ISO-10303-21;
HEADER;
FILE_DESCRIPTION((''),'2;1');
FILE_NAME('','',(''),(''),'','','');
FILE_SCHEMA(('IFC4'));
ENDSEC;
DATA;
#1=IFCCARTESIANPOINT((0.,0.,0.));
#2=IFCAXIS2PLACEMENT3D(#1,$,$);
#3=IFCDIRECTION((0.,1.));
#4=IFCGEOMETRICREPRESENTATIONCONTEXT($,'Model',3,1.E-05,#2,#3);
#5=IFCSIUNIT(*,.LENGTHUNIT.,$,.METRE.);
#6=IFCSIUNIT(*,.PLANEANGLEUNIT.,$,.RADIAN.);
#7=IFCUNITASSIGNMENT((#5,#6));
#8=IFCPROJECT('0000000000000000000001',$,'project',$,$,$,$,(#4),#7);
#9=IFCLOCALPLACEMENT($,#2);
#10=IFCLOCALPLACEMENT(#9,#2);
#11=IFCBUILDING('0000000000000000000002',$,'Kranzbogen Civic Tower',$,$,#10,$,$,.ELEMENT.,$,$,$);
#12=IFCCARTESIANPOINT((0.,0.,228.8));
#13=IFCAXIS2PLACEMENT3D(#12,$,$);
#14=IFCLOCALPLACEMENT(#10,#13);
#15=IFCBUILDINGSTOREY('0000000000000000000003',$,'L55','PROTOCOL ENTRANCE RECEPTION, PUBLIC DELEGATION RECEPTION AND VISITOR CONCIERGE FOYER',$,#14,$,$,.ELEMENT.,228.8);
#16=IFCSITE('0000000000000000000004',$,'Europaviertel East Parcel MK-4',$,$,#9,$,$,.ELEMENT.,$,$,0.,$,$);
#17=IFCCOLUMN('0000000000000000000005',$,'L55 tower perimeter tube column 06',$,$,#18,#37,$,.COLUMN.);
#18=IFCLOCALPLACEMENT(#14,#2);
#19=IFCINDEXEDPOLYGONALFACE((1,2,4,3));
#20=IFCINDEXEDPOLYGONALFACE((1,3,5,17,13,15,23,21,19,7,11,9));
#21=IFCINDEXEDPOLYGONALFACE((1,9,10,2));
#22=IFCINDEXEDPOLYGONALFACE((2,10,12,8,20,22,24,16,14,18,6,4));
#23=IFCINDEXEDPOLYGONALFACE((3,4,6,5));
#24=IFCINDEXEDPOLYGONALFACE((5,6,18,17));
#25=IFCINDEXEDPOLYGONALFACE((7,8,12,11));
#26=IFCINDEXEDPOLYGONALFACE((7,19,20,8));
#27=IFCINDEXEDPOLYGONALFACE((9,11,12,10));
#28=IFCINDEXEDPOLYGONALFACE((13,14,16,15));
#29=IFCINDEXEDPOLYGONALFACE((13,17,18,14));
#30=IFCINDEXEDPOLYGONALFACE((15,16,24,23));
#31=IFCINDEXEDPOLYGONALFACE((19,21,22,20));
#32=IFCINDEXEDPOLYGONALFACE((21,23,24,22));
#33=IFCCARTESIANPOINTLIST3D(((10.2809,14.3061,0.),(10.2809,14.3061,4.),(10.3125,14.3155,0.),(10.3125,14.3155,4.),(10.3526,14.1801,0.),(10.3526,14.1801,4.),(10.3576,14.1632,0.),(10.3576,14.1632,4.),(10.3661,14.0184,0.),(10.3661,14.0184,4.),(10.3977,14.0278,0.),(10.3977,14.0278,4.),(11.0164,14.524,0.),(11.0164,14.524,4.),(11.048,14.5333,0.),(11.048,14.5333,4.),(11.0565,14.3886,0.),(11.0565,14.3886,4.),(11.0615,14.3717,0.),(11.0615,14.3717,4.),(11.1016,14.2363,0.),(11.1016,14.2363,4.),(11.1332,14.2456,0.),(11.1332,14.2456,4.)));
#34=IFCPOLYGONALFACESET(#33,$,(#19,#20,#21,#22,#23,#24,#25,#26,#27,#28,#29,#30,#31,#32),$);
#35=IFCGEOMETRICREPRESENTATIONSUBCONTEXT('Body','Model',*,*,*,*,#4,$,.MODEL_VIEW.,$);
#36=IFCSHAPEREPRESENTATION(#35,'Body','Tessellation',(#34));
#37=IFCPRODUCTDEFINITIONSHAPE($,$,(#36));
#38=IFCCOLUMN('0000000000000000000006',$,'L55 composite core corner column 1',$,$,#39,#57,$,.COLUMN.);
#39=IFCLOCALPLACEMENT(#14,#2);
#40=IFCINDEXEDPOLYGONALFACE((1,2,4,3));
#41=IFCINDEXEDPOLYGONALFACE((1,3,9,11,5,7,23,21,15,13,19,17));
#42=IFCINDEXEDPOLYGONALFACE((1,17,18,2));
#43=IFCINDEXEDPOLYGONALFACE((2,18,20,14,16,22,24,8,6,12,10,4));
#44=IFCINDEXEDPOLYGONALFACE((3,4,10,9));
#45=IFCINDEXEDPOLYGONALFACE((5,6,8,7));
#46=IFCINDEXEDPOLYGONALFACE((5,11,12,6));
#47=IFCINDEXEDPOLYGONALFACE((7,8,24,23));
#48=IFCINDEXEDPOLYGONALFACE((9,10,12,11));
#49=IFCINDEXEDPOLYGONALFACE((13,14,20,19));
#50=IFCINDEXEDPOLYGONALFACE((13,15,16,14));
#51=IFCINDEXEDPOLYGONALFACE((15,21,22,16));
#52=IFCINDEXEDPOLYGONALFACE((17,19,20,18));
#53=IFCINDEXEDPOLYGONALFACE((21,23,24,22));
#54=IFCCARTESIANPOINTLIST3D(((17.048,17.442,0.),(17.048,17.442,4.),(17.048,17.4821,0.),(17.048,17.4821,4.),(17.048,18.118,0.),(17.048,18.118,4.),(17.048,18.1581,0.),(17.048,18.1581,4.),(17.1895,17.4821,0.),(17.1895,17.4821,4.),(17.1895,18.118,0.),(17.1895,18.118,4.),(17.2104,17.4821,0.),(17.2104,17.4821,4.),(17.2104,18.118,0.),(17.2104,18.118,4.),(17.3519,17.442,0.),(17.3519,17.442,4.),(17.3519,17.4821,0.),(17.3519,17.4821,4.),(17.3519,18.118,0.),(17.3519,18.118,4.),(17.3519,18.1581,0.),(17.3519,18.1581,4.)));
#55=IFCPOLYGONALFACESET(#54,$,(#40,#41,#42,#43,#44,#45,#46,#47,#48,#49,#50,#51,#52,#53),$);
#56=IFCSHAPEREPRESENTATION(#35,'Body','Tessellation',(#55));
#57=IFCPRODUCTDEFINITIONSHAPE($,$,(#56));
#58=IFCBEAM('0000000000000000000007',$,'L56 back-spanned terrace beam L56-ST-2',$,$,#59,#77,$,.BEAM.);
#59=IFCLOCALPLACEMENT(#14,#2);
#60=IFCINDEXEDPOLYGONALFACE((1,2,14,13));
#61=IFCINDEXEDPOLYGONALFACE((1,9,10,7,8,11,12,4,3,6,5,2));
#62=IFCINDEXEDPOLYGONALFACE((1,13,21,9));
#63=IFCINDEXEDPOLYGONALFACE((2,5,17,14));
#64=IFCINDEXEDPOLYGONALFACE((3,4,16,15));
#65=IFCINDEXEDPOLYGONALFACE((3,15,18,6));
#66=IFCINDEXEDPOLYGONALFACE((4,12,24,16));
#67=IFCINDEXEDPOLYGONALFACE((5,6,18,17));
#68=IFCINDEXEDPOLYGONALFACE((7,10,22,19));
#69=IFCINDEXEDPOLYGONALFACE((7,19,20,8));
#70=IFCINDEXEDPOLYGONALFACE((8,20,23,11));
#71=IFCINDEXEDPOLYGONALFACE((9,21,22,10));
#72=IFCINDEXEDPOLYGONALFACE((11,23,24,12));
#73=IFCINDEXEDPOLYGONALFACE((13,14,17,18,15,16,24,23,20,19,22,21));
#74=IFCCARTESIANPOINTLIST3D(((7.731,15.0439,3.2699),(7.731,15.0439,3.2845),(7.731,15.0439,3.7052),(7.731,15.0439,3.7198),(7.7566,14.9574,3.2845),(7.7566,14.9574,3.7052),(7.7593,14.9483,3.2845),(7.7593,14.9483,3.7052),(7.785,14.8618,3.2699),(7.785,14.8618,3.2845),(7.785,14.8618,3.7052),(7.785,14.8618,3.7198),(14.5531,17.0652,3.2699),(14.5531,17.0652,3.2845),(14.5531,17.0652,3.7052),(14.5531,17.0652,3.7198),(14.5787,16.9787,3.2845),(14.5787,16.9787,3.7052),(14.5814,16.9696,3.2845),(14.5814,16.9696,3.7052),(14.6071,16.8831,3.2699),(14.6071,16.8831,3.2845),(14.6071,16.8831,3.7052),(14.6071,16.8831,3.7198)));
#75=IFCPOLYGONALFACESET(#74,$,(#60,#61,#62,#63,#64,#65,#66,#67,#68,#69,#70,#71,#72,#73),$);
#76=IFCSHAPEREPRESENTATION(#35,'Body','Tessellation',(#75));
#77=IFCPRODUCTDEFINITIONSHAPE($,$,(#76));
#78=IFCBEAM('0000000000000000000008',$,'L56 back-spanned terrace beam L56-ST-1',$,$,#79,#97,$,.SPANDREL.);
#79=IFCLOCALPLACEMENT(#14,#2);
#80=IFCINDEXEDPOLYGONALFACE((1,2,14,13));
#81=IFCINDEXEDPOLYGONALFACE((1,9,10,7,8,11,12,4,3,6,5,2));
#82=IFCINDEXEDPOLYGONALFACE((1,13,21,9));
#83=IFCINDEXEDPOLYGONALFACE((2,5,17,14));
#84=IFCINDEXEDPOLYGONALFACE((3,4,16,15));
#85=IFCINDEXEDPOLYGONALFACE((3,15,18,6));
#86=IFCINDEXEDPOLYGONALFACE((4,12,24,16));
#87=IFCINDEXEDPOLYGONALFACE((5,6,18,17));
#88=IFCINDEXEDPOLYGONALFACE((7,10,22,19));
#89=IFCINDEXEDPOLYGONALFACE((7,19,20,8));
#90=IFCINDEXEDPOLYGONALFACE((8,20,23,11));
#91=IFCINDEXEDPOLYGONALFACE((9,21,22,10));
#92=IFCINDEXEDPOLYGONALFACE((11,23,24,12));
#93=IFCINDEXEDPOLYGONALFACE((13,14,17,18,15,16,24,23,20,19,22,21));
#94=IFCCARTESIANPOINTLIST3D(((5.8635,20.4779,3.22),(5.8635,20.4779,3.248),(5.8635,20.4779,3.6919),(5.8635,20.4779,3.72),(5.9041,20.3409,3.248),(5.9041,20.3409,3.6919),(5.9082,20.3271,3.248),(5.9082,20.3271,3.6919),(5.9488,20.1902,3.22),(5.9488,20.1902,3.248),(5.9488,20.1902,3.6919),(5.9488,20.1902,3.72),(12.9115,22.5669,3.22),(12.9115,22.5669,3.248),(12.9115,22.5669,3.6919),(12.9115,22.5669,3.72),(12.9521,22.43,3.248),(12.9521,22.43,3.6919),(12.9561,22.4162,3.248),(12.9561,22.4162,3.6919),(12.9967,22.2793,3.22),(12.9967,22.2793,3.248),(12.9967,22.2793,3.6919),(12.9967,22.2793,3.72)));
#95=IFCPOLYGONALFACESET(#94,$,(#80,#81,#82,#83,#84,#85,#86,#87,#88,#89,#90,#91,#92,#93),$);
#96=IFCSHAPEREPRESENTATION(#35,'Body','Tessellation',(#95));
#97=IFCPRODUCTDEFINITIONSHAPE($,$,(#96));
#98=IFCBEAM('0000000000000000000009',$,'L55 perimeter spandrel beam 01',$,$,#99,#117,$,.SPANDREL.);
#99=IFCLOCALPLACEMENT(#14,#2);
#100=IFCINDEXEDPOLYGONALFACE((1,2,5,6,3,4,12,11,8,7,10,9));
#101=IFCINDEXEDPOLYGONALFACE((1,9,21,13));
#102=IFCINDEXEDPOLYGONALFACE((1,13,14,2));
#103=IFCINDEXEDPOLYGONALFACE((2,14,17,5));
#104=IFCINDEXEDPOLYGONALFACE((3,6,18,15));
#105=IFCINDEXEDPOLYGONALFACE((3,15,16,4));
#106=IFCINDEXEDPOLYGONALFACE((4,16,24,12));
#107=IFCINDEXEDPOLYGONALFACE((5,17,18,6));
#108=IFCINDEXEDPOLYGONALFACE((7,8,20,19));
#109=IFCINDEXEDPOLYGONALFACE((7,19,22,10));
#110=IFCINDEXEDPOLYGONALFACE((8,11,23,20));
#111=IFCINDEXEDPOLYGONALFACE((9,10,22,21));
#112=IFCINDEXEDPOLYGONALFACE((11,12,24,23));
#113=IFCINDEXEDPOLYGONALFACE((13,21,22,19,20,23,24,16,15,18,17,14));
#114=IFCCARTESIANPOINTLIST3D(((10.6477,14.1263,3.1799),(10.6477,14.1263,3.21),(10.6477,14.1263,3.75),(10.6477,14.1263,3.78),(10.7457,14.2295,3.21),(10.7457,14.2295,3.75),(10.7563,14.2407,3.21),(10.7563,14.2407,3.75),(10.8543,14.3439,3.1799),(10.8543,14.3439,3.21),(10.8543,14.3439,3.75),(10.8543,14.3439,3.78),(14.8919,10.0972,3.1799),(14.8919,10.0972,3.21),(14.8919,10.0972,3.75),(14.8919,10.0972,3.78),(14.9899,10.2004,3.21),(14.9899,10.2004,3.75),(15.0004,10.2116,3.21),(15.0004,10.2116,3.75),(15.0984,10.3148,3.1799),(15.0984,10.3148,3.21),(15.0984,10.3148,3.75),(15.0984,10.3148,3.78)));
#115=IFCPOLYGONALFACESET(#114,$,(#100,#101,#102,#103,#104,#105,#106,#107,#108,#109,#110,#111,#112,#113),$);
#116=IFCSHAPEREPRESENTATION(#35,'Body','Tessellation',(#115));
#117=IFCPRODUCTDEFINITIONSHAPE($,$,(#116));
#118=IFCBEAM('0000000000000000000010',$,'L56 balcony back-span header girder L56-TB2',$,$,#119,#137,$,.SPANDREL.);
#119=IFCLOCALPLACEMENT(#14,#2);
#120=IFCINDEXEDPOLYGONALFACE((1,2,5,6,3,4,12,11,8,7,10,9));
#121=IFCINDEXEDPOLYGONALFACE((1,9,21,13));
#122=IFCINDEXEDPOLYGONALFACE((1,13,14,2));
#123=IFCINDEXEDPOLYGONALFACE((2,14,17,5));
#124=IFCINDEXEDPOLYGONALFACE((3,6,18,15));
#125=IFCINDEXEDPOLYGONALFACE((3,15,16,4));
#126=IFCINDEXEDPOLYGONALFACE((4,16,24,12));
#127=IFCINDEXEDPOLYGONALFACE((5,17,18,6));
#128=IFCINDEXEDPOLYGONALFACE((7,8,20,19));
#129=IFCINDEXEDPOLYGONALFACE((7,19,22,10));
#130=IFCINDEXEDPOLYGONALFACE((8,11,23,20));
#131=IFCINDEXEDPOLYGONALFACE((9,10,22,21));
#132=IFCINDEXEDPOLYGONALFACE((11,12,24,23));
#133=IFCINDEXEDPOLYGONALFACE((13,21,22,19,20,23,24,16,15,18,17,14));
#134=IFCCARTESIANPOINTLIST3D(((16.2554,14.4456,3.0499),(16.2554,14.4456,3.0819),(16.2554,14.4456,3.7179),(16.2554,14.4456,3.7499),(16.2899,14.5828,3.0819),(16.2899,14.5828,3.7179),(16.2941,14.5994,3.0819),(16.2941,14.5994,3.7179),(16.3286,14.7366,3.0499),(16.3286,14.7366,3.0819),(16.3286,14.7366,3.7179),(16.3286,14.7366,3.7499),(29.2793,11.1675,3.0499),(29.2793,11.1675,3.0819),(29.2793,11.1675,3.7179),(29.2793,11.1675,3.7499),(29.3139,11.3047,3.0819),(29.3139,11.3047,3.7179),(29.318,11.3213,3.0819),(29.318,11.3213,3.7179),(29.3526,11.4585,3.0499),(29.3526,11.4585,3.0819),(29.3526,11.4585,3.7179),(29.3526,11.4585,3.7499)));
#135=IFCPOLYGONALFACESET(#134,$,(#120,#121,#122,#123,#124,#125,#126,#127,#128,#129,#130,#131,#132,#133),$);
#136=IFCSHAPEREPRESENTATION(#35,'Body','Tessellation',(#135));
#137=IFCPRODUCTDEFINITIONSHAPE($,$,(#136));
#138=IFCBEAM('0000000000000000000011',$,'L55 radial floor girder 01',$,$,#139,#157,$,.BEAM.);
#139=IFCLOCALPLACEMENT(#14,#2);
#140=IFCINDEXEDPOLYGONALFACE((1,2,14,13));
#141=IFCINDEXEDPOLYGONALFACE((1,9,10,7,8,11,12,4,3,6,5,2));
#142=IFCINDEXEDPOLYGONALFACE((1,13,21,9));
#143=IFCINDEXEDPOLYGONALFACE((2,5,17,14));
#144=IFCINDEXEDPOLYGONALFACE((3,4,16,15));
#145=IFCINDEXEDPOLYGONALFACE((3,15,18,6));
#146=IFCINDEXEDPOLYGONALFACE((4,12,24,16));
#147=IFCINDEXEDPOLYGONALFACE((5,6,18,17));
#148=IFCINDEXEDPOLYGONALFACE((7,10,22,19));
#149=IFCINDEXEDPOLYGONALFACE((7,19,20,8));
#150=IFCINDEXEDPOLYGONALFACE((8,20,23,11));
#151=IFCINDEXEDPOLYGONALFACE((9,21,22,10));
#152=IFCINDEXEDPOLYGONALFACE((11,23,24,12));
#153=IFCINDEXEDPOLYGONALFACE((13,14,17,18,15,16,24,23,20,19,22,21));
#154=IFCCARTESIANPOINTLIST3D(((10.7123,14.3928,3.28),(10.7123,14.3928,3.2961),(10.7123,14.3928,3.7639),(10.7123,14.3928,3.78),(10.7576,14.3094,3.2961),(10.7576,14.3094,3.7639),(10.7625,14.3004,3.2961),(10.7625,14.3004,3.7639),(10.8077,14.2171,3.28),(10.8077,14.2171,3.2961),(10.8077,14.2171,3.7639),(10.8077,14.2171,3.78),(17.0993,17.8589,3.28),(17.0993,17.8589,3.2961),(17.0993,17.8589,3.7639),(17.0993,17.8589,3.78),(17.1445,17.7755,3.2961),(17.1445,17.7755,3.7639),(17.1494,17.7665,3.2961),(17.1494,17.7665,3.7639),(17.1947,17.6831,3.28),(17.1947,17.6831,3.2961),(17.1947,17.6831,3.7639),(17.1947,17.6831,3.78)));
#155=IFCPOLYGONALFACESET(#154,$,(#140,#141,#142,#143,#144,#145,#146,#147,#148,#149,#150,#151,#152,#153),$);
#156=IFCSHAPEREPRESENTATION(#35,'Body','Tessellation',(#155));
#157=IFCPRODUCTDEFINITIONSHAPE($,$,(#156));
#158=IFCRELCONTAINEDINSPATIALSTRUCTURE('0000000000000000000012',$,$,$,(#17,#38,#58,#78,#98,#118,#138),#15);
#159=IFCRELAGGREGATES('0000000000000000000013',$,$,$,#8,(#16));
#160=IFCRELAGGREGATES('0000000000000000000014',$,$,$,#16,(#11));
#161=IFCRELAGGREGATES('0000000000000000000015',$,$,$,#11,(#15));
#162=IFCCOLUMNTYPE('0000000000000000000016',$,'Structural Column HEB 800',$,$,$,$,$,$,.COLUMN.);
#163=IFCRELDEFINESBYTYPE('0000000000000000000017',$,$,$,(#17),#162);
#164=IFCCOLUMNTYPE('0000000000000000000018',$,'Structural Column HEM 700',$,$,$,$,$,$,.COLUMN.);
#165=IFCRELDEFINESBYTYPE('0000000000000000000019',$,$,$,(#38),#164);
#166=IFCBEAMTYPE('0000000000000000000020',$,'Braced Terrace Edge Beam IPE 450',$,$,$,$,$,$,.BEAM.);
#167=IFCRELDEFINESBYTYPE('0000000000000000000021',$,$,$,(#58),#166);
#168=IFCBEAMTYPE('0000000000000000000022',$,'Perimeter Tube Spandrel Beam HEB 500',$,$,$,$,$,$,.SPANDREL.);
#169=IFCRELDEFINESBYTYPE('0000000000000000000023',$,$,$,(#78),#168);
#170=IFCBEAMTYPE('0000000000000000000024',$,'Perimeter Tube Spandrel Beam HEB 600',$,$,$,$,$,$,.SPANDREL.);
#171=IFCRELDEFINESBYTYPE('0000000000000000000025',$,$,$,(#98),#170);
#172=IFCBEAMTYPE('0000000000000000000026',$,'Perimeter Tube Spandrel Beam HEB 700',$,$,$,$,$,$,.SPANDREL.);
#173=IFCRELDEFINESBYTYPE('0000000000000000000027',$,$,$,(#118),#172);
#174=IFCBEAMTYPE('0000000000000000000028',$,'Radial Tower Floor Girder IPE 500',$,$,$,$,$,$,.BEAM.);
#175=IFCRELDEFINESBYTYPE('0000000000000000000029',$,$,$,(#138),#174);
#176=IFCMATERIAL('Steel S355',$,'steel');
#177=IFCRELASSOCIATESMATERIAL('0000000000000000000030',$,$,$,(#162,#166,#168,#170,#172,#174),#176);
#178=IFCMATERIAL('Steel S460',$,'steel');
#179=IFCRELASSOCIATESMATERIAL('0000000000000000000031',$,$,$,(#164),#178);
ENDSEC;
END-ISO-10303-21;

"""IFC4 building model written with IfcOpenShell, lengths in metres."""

from ifc_helpers import new_model, si_unit, direction, frame, origin, origin_2d, place, context, subcontext, project, spatial, i_section, extrude, material, material_profile, profile_set, type_object, element, save


model = new_model("IFC4")

# Units and contexts
model_context = context("Model", 3, precision=1e-05, world=origin(), true_north=direction((0.0, 1.0)))
body_context = subcontext(model_context, "Body", "Model", "MODEL_VIEW")
ifc_project = project(units=[si_unit("LENGTHUNIT", "METRE"), si_unit("PLANEANGLEUNIT", "RADIAN")], contexts=[model_context])

# Site, building, storey
site_placement = place(None, origin())
site = spatial("IfcSite", under=ifc_project, at=site_placement, Name="Europaviertel East Parcel MK-4", CompositionType="ELEMENT", RefElevation=0.0)
building_placement = place(site_placement, origin())
building = spatial("IfcBuilding", under=site, at=building_placement, Name="Kranzbogen Civic Tower", CompositionType="ELEMENT")
storey_placement = place(building_placement, frame((0.0, 0.0, 228.8)))
storey = spatial("IfcBuildingStorey", under=building, at=storey_placement, Name="L55", Description="PROTOCOL ENTRANCE RECEPTION, PUBLIC DELEGATION RECEPTION AND VISITOR CONCIERGE FOYER", CompositionType="ELEMENT", Elevation=228.8)

# Columns
ifc_material_1 = material(Name="Steel S355", Category="steel")
ifc_material_profile_1 = material_profile(ifc_material_1, i_section(OverallWidth=0.3, OverallDepth=0.8, WebThickness=0.0176, FlangeThickness=0.033, at=origin_2d()), Name="HEB 800")
ifc_profile_set_1 = profile_set([ifc_material_profile_1], Name="Steel S355")
column_type_1 = type_object("IfcColumnType", Name="Structural Column HEB 800", PredefinedType="COLUMN", material=ifc_profile_set_1)
column_1_placement = place(storey_placement, frame((10.707, 14.2759, 0.0), z_axis=(0.0, 0.0, 1.0), x_axis=(-0.284015, 0.95882, 0.0)))
element("IfcColumn", 1, at=column_1_placement, inside=storey, type_object=column_type_1, Name="L55 tower perimeter tube column 06", PredefinedType="COLUMN", context=body_context, shape_type="SweptSolid", body=[
    extrude(i_section(OverallWidth=0.3, OverallDepth=0.8, WebThickness=0.0176, FlangeThickness=0.033, at=origin_2d()), origin(), (0.0, 0.0, 1.0), 4.0),
])
ifc_material_2 = material(Name="Steel S460", Category="steel")
ifc_material_profile_2 = material_profile(ifc_material_2, i_section(OverallWidth=0.304, OverallDepth=0.7161, WebThickness=0.021, FlangeThickness=0.04, at=origin_2d()), Name="HEM 700")
ifc_profile_set_2 = profile_set([ifc_material_profile_2], Name="Steel S460")
column_type_2 = type_object("IfcColumnType", Name="Structural Column HEM 700", PredefinedType="COLUMN", material=ifc_profile_set_2)
column_2_placement = place(storey_placement, frame((17.2, 17.8, 0.0), z_axis=(0.0, 0.0, 1.0), x_axis=(1.0, 0.0, 0.0)))
element("IfcColumn", 2, at=column_2_placement, inside=storey, type_object=column_type_2, Name="L55 composite core corner column 1", PredefinedType="COLUMN", context=body_context, shape_type="SweptSolid", body=[
    extrude(i_section(OverallWidth=0.304, OverallDepth=0.7161, WebThickness=0.021, FlangeThickness=0.04, at=origin_2d()), origin(), (0.0, 0.0, 1.0), 4.0),
])

# Beams
ifc_material_profile_3 = material_profile(ifc_material_1, i_section(OverallWidth=0.1899, OverallDepth=0.45, WebThickness=0.0095, FlangeThickness=0.0146, at=origin_2d()), Name="IPE 450")
ifc_profile_set_3 = profile_set([ifc_material_profile_3], Name="Steel S355")
beam_type_1 = type_object("IfcBeamType", Name="Braced Terrace Edge Beam IPE 450", PredefinedType="BEAM", material=ifc_profile_set_3)
beam_1_placement = place(storey_placement, frame((14.5801, 16.9741, 3.4949), z_axis=(-0.958802, -0.284075, 0.0), x_axis=(0.284075, -0.958802, 0.0)))
element("IfcBeam", 3, at=beam_1_placement, inside=storey, type_object=beam_type_1, Name="L56 back-spanned terrace beam L56-ST-2", PredefinedType="BEAM", context=body_context, shape_type="SweptSolid", body=[
    extrude(i_section(OverallWidth=0.1899, OverallDepth=0.45, WebThickness=0.0095, FlangeThickness=0.0146, at=origin_2d()), origin(), (0.0, 0.0, 1.0), 7.1152),
])
ifc_material_profile_4 = material_profile(ifc_material_1, i_section(OverallWidth=0.3, OverallDepth=0.5, WebThickness=0.0144, FlangeThickness=0.0281, at=origin_2d()), Name="HEB 500")
ifc_profile_set_4 = profile_set([ifc_material_profile_4], Name="Steel S355")
beam_type_2 = type_object("IfcBeamType", Name="Perimeter Tube Spandrel Beam HEB 500", PredefinedType="SPANDREL", material=ifc_profile_set_4)
beam_2_placement = place(storey_placement, frame((12.9541, 22.4231, 3.47), z_axis=(-0.958769, -0.284187, 0.0), x_axis=(0.284187, -0.958769, 0.0)))
element("IfcBeam", 4, at=beam_2_placement, inside=storey, type_object=beam_type_2, Name="L56 back-spanned terrace beam L56-ST-1", PredefinedType="SPANDREL", context=body_context, shape_type="SweptSolid", body=[
    extrude(i_section(OverallWidth=0.3, OverallDepth=0.5, WebThickness=0.0144, FlangeThickness=0.0281, at=origin_2d()), origin(), (0.0, 0.0, 1.0), 7.3511),
])
ifc_material_profile_5 = material_profile(ifc_material_1, i_section(OverallWidth=0.3, OverallDepth=0.6001, WebThickness=0.0154, FlangeThickness=0.03, at=origin_2d()), Name="HEB 600")
ifc_profile_set_5 = profile_set([ifc_material_profile_5], Name="Steel S355")
beam_type_3 = type_object("IfcBeamType", Name="Perimeter Tube Spandrel Beam HEB 600", PredefinedType="SPANDREL", material=ifc_profile_set_5)
beam_3_placement = place(storey_placement, frame((10.751, 14.2351, 3.48), z_axis=(0.725245, -0.688491, 0.0), x_axis=(0.688491, 0.725245, 0.0)))
element("IfcBeam", 5, at=beam_3_placement, inside=storey, type_object=beam_type_3, Name="L55 perimeter spandrel beam 01", PredefinedType="SPANDREL", context=body_context, shape_type="SweptSolid", body=[
    extrude(i_section(OverallWidth=0.3, OverallDepth=0.6001, WebThickness=0.0154, FlangeThickness=0.03, at=origin_2d()), origin(), (0.0, 0.0, 1.0), 5.8521),
])
ifc_material_profile_6 = material_profile(ifc_material_1, i_section(OverallWidth=0.3, OverallDepth=0.7, WebThickness=0.0171, FlangeThickness=0.032, at=origin_2d()), Name="HEB 700")
ifc_profile_set_6 = profile_set([ifc_material_profile_6], Name="Steel S355")
beam_type_4 = type_object("IfcBeamType", Name="Perimeter Tube Spandrel Beam HEB 700", PredefinedType="SPANDREL", material=ifc_profile_set_6)
beam_4_placement = place(storey_placement, frame((16.292, 14.5911, 3.3999), z_axis=(0.969754, -0.244084, 0.0), x_axis=(0.244084, 0.969754, 0.0)))
element("IfcBeam", 6, at=beam_4_placement, inside=storey, type_object=beam_type_4, Name="L56 balcony back-span header girder L56-TB2", PredefinedType="SPANDREL", context=body_context, shape_type="SweptSolid", body=[
    extrude(i_section(OverallWidth=0.3, OverallDepth=0.7, WebThickness=0.0171, FlangeThickness=0.032, at=origin_2d()), origin(), (0.0, 0.0, 1.0), 13.4302),
])
ifc_material_profile_7 = material_profile(ifc_material_1, i_section(OverallWidth=0.2, OverallDepth=0.5, WebThickness=0.0103, FlangeThickness=0.0161, at=origin_2d()), Name="IPE 500")
ifc_profile_set_7 = profile_set([ifc_material_profile_7], Name="Steel S355")
beam_type_5 = type_object("IfcBeamType", Name="Radial Tower Floor Girder IPE 500", PredefinedType="BEAM", material=ifc_profile_set_7)
beam_5_placement = place(storey_placement, frame((10.76, 14.3049, 3.53), z_axis=(0.878919, 0.47697, 0.0), x_axis=(-0.47697, 0.878919, 0.0)))
element("IfcBeam", 7, at=beam_5_placement, inside=storey, type_object=beam_type_5, Name="L55 radial floor girder 01", PredefinedType="BEAM", context=body_context, shape_type="SweptSolid", body=[
    extrude(i_section(OverallWidth=0.2, OverallDepth=0.5, WebThickness=0.0103, FlangeThickness=0.0161, at=origin_2d()), origin(), (0.0, 0.0, 1.0), 7.2668),
])

save(model, "model.ifc")
